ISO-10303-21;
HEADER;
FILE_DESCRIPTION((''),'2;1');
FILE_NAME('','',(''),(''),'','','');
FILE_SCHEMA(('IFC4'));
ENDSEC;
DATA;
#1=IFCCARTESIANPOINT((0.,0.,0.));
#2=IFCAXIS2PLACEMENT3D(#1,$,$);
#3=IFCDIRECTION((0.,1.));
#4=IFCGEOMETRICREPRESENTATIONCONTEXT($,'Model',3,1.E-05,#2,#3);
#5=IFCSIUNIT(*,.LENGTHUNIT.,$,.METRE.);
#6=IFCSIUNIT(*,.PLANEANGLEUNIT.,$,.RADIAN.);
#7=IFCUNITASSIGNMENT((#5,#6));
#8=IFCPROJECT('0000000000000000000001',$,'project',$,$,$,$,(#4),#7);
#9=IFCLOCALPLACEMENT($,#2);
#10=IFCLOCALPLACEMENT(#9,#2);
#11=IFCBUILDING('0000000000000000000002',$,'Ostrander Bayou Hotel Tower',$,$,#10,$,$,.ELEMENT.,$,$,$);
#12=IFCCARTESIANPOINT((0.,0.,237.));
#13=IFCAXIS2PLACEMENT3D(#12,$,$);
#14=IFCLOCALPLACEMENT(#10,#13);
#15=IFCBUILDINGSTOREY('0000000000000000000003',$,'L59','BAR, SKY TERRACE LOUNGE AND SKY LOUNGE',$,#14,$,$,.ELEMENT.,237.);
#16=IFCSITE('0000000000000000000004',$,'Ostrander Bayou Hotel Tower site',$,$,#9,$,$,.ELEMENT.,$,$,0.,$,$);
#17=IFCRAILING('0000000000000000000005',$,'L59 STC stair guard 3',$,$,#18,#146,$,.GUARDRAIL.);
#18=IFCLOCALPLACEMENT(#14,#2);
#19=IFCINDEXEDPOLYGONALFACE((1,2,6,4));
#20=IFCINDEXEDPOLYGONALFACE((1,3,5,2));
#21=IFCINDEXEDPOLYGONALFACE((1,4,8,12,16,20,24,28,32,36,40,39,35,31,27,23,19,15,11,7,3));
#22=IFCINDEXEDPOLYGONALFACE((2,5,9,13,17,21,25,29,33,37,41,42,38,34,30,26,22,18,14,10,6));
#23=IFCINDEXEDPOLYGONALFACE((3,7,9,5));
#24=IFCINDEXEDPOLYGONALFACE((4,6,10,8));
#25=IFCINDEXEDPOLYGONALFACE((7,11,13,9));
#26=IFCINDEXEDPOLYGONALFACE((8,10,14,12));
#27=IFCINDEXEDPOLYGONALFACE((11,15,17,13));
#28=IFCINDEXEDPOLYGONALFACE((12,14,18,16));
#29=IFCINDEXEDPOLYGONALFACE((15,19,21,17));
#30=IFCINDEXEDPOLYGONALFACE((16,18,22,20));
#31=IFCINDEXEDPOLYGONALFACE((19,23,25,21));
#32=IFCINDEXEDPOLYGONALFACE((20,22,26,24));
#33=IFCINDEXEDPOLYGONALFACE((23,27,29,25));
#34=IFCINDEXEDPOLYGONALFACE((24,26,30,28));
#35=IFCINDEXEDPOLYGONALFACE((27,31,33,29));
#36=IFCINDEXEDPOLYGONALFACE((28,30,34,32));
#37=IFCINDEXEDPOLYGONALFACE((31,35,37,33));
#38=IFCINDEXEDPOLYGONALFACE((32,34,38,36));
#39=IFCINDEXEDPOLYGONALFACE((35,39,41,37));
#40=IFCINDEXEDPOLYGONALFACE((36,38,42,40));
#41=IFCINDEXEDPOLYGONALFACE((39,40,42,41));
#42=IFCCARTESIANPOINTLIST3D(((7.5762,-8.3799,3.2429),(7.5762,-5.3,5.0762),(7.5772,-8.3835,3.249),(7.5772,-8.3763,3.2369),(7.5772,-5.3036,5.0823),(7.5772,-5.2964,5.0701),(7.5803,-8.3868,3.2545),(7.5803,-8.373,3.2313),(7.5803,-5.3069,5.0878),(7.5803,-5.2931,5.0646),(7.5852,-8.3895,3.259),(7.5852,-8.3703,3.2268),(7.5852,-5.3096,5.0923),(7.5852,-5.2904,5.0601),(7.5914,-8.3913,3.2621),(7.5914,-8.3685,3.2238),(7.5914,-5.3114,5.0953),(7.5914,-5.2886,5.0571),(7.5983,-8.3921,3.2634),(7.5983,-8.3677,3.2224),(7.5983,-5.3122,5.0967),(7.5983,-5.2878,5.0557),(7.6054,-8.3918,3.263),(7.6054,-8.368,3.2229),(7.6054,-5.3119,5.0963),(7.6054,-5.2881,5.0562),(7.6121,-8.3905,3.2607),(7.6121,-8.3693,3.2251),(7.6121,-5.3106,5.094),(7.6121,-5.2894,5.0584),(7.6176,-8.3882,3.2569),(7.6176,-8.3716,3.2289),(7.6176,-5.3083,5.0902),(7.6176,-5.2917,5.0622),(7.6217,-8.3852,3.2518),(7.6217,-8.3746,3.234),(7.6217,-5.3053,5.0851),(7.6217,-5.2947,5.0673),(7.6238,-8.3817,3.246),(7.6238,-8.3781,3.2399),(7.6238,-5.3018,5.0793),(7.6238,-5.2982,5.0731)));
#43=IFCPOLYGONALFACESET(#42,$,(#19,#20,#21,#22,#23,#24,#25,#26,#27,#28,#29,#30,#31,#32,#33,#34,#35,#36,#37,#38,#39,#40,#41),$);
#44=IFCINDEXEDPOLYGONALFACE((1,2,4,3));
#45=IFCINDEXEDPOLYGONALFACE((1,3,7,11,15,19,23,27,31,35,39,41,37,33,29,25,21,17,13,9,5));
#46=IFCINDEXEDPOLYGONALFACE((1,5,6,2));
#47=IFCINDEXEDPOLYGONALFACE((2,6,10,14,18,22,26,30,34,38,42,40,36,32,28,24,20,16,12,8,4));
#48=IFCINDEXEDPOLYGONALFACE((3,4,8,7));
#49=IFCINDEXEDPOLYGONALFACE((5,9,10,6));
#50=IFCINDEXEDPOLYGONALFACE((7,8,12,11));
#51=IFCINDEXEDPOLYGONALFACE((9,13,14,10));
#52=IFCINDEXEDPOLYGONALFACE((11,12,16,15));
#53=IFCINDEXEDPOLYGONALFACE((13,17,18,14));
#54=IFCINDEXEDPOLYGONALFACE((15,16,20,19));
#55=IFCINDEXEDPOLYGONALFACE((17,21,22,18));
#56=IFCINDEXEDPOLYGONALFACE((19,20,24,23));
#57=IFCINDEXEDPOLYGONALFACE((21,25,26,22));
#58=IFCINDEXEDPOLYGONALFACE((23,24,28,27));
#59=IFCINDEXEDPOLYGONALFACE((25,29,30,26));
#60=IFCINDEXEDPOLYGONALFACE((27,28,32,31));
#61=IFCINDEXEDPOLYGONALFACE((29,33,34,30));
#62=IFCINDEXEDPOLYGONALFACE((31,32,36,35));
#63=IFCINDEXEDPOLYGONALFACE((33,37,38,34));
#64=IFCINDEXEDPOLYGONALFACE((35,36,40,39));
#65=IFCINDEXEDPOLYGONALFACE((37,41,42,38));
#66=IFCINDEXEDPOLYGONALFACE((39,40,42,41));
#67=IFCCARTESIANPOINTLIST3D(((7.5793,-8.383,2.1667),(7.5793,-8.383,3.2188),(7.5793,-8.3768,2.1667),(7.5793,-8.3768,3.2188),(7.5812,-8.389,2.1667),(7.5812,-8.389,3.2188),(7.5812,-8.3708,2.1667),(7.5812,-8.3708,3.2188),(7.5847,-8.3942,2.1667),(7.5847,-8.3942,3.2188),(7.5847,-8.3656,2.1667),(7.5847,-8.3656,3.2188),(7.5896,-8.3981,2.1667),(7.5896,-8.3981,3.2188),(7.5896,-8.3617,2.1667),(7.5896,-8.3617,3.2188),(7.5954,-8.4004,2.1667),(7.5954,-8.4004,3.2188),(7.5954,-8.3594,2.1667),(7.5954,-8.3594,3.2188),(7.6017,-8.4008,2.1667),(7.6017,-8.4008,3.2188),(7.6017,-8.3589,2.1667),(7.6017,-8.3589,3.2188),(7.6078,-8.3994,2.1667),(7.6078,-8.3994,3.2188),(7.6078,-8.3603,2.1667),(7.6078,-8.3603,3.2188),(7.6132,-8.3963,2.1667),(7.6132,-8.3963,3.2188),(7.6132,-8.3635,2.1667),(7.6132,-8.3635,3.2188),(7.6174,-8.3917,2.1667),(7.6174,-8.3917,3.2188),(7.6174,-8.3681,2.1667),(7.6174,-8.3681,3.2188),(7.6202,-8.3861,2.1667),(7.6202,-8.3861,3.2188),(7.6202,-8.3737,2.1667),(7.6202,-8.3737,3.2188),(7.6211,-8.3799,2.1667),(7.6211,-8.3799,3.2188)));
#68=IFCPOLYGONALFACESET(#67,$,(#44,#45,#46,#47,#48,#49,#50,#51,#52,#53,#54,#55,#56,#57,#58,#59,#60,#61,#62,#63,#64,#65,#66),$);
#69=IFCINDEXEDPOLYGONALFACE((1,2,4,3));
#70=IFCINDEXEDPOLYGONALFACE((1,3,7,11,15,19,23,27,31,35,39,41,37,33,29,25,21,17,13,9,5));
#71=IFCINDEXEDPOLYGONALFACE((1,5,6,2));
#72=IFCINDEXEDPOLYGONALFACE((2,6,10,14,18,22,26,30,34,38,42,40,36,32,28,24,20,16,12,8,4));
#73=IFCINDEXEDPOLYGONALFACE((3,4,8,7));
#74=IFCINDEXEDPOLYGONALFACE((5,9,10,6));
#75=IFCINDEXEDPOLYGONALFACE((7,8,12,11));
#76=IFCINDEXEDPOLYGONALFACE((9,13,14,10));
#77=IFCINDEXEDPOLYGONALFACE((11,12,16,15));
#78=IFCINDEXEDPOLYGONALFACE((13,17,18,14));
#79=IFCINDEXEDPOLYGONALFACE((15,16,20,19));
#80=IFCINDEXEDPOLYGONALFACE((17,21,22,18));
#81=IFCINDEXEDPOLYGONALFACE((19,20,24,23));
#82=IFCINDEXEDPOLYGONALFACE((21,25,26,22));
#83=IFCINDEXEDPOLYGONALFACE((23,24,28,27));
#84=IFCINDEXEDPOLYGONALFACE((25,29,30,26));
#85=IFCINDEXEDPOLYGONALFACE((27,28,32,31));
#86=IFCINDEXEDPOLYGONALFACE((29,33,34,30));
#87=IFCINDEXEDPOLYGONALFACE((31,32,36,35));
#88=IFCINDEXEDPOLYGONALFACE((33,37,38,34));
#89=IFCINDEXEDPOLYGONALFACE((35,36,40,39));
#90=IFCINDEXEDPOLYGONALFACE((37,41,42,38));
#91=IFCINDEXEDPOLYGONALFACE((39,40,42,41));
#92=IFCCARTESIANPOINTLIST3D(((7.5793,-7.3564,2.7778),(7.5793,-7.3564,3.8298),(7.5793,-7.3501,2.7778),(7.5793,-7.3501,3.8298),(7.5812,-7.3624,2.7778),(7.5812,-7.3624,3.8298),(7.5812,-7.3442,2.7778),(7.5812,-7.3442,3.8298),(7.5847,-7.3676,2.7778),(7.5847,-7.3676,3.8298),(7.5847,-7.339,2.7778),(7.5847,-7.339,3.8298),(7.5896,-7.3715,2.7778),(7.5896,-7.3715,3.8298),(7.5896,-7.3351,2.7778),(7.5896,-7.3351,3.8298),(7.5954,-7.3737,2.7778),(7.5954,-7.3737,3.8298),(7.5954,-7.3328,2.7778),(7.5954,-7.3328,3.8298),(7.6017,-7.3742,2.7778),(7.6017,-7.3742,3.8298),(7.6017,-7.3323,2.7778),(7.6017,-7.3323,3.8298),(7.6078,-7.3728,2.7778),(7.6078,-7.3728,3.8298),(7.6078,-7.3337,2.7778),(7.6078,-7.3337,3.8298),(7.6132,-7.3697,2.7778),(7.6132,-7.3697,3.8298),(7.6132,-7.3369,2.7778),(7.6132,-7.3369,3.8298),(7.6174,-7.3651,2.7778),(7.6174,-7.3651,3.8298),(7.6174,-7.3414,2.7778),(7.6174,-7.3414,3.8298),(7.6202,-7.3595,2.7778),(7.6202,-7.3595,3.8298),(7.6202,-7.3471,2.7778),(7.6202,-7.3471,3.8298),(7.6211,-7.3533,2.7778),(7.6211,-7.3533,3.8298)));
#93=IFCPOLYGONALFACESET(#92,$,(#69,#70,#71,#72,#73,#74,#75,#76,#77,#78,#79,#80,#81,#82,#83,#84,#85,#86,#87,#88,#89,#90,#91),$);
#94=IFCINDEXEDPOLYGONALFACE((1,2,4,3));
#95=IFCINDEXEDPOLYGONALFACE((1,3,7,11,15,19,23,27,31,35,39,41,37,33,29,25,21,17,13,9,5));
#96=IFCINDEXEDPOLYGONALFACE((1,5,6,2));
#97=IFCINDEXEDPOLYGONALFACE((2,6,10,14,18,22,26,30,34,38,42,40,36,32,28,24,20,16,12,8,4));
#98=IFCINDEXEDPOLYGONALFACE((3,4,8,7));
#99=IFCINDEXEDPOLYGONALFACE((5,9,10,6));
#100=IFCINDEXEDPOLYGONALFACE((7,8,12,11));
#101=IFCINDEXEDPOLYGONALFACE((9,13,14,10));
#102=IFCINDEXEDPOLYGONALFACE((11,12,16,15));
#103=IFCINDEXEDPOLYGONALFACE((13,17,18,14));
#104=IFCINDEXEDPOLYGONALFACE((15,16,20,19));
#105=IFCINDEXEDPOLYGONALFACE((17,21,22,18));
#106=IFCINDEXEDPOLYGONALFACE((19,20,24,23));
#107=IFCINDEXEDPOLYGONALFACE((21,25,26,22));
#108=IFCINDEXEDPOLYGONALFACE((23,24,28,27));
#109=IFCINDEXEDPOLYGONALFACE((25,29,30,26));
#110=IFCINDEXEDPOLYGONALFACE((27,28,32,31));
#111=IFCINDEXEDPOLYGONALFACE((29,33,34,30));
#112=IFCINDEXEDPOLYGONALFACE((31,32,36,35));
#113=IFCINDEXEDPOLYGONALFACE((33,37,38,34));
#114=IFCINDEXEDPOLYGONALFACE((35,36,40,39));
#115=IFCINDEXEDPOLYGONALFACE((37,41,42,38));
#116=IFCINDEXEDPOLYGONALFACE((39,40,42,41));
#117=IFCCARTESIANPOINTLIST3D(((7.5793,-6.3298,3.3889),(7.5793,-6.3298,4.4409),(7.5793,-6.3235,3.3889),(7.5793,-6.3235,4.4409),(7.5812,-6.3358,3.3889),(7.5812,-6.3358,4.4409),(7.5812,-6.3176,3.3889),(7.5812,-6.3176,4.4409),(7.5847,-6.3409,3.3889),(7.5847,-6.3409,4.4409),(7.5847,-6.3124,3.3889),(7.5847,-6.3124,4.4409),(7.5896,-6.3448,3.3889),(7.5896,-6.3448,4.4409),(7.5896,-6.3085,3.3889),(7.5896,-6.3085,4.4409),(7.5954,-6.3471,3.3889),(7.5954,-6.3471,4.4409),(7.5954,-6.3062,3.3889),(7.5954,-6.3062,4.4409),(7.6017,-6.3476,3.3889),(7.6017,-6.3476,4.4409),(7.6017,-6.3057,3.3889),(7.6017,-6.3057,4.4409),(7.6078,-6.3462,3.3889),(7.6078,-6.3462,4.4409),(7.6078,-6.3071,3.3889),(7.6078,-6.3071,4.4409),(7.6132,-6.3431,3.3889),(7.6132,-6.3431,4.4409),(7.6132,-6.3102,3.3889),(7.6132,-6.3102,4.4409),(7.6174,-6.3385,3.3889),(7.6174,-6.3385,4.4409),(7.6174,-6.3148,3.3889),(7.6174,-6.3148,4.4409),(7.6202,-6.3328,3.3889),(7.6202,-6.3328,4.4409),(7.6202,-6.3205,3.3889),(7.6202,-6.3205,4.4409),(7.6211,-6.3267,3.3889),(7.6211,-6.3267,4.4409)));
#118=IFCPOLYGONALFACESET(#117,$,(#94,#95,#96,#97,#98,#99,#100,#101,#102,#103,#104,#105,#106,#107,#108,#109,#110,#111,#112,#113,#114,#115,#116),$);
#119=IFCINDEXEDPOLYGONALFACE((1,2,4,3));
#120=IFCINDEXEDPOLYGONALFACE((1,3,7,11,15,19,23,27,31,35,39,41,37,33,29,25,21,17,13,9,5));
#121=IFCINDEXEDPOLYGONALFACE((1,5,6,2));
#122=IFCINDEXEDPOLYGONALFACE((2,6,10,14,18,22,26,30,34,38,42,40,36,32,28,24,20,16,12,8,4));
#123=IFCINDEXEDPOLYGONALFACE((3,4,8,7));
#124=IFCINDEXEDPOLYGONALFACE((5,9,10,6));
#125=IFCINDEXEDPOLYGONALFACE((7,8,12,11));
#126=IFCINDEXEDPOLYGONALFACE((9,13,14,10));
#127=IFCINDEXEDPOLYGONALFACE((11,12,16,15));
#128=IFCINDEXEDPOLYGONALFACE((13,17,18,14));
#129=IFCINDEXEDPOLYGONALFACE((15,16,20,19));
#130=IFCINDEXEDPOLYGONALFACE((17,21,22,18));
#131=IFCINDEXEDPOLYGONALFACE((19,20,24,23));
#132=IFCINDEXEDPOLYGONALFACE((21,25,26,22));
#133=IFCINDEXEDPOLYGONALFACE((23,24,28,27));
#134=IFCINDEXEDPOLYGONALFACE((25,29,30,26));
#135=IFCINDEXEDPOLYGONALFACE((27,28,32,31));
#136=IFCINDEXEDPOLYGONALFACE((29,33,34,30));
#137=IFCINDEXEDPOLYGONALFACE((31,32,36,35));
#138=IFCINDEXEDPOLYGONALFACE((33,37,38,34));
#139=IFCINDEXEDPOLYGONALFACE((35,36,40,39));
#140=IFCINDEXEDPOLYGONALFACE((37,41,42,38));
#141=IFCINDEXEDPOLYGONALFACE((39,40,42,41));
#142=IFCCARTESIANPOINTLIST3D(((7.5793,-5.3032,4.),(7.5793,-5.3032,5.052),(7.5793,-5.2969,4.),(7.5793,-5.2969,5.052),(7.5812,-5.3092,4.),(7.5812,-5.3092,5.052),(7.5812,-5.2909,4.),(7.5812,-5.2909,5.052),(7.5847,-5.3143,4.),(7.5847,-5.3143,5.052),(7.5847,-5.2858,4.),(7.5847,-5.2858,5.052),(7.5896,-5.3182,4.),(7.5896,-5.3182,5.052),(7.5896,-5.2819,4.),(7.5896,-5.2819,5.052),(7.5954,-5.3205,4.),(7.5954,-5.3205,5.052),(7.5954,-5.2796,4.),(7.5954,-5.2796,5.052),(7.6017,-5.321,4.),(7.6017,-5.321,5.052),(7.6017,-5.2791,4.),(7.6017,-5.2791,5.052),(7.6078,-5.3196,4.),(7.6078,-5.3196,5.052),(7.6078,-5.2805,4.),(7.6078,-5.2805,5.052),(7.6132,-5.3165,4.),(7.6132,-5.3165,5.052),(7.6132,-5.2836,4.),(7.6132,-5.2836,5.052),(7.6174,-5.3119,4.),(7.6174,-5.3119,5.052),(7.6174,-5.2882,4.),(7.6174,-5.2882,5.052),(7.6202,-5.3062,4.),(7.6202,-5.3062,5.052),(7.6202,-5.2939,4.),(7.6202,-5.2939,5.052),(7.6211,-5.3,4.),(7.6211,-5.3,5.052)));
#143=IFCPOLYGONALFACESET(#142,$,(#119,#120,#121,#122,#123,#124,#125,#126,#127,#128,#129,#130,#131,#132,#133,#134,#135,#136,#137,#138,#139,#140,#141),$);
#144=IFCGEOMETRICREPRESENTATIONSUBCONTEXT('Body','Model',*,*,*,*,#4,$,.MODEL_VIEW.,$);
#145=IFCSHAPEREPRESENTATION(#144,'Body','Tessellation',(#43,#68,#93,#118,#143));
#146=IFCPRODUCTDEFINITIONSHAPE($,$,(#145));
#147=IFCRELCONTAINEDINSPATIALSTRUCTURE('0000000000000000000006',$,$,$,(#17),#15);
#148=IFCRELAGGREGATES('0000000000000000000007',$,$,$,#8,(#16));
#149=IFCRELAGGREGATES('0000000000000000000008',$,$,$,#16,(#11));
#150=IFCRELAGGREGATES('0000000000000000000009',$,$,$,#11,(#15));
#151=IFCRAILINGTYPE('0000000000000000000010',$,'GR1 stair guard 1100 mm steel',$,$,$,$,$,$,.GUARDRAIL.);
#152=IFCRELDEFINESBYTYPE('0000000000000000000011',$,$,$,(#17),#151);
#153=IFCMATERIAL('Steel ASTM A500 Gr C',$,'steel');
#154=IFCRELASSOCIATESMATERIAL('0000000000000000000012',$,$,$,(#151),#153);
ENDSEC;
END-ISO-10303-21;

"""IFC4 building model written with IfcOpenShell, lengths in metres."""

from ifc_helpers import new_model, si_unit, direction, frame, origin, origin_2d, place, context, subcontext, project, spatial, circle, extrude, material, type_object, element, save


model = new_model("IFC4")

# Units and contexts
model_context = context("Model", 3, precision=1e-05, world=origin(), true_north=direction((0.0, 1.0)))
body_context = subcontext(model_context, "Body", "Model", "MODEL_VIEW")
ifc_project = project(units=[si_unit("LENGTHUNIT", "METRE"), si_unit("PLANEANGLEUNIT", "RADIAN")], contexts=[model_context])

# Site, building, storey
site_placement = place(None, origin())
site = spatial("IfcSite", under=ifc_project, at=site_placement, Name="Ostrander Bayou Hotel Tower site", CompositionType="ELEMENT", RefElevation=0.0)
building_placement = place(site_placement, origin())
building = spatial("IfcBuilding", under=site, at=building_placement, Name="Ostrander Bayou Hotel Tower", CompositionType="ELEMENT")
storey_placement = place(building_placement, frame((0.0, 0.0, 237.0)))
storey = spatial("IfcBuildingStorey", under=building, at=storey_placement, Name="L59", Description="BAR, SKY TERRACE LOUNGE AND SKY LOUNGE", CompositionType="ELEMENT", Elevation=237.0)

# Railing
ifc_material_1 = material(Name="Steel ASTM A500 Gr C", Category="steel")
railing_type_1 = type_object("IfcRailingType", Name="GR1 stair guard 1100 mm steel", PredefinedType="GUARDRAIL", material=ifc_material_1)
railing_1_placement = place(storey_placement, frame((7.6001, -8.3799, 2.1667)))
element("IfcRailing", 1, at=railing_1_placement, inside=storey, type_object=railing_type_1, Name="L59 STC stair guard 3", PredefinedType="GUARDRAIL", context=body_context, shape_type="SweptSolid", body=[
    extrude(circle(Radius=0.0239, at=origin_2d()), frame((0.0, 0.0, 1.0762), z_axis=(0.0, 0.859291, 0.511487), x_axis=(-1.0, 0.0, 0.0)), (0.0, 0.0, 1.0), 3.5842),
    extrude(circle(Radius=0.021, at=origin_2d()), origin(), (0.0, 0.0, 1.0), 1.052),
    extrude(circle(Radius=0.021, at=origin_2d()), frame((0.0, 1.0266, 0.6111)), (0.0, 0.0, 1.0), 1.052),
    extrude(circle(Radius=0.021, at=origin_2d()), frame((0.0, 2.0532, 1.2222)), (0.0, 0.0, 1.0), 1.052),
    extrude(circle(Radius=0.021, at=origin_2d()), frame((0.0, 3.0798, 1.8333)), (0.0, 0.0, 1.0), 1.052),
])

save(model, "model.ifc")
